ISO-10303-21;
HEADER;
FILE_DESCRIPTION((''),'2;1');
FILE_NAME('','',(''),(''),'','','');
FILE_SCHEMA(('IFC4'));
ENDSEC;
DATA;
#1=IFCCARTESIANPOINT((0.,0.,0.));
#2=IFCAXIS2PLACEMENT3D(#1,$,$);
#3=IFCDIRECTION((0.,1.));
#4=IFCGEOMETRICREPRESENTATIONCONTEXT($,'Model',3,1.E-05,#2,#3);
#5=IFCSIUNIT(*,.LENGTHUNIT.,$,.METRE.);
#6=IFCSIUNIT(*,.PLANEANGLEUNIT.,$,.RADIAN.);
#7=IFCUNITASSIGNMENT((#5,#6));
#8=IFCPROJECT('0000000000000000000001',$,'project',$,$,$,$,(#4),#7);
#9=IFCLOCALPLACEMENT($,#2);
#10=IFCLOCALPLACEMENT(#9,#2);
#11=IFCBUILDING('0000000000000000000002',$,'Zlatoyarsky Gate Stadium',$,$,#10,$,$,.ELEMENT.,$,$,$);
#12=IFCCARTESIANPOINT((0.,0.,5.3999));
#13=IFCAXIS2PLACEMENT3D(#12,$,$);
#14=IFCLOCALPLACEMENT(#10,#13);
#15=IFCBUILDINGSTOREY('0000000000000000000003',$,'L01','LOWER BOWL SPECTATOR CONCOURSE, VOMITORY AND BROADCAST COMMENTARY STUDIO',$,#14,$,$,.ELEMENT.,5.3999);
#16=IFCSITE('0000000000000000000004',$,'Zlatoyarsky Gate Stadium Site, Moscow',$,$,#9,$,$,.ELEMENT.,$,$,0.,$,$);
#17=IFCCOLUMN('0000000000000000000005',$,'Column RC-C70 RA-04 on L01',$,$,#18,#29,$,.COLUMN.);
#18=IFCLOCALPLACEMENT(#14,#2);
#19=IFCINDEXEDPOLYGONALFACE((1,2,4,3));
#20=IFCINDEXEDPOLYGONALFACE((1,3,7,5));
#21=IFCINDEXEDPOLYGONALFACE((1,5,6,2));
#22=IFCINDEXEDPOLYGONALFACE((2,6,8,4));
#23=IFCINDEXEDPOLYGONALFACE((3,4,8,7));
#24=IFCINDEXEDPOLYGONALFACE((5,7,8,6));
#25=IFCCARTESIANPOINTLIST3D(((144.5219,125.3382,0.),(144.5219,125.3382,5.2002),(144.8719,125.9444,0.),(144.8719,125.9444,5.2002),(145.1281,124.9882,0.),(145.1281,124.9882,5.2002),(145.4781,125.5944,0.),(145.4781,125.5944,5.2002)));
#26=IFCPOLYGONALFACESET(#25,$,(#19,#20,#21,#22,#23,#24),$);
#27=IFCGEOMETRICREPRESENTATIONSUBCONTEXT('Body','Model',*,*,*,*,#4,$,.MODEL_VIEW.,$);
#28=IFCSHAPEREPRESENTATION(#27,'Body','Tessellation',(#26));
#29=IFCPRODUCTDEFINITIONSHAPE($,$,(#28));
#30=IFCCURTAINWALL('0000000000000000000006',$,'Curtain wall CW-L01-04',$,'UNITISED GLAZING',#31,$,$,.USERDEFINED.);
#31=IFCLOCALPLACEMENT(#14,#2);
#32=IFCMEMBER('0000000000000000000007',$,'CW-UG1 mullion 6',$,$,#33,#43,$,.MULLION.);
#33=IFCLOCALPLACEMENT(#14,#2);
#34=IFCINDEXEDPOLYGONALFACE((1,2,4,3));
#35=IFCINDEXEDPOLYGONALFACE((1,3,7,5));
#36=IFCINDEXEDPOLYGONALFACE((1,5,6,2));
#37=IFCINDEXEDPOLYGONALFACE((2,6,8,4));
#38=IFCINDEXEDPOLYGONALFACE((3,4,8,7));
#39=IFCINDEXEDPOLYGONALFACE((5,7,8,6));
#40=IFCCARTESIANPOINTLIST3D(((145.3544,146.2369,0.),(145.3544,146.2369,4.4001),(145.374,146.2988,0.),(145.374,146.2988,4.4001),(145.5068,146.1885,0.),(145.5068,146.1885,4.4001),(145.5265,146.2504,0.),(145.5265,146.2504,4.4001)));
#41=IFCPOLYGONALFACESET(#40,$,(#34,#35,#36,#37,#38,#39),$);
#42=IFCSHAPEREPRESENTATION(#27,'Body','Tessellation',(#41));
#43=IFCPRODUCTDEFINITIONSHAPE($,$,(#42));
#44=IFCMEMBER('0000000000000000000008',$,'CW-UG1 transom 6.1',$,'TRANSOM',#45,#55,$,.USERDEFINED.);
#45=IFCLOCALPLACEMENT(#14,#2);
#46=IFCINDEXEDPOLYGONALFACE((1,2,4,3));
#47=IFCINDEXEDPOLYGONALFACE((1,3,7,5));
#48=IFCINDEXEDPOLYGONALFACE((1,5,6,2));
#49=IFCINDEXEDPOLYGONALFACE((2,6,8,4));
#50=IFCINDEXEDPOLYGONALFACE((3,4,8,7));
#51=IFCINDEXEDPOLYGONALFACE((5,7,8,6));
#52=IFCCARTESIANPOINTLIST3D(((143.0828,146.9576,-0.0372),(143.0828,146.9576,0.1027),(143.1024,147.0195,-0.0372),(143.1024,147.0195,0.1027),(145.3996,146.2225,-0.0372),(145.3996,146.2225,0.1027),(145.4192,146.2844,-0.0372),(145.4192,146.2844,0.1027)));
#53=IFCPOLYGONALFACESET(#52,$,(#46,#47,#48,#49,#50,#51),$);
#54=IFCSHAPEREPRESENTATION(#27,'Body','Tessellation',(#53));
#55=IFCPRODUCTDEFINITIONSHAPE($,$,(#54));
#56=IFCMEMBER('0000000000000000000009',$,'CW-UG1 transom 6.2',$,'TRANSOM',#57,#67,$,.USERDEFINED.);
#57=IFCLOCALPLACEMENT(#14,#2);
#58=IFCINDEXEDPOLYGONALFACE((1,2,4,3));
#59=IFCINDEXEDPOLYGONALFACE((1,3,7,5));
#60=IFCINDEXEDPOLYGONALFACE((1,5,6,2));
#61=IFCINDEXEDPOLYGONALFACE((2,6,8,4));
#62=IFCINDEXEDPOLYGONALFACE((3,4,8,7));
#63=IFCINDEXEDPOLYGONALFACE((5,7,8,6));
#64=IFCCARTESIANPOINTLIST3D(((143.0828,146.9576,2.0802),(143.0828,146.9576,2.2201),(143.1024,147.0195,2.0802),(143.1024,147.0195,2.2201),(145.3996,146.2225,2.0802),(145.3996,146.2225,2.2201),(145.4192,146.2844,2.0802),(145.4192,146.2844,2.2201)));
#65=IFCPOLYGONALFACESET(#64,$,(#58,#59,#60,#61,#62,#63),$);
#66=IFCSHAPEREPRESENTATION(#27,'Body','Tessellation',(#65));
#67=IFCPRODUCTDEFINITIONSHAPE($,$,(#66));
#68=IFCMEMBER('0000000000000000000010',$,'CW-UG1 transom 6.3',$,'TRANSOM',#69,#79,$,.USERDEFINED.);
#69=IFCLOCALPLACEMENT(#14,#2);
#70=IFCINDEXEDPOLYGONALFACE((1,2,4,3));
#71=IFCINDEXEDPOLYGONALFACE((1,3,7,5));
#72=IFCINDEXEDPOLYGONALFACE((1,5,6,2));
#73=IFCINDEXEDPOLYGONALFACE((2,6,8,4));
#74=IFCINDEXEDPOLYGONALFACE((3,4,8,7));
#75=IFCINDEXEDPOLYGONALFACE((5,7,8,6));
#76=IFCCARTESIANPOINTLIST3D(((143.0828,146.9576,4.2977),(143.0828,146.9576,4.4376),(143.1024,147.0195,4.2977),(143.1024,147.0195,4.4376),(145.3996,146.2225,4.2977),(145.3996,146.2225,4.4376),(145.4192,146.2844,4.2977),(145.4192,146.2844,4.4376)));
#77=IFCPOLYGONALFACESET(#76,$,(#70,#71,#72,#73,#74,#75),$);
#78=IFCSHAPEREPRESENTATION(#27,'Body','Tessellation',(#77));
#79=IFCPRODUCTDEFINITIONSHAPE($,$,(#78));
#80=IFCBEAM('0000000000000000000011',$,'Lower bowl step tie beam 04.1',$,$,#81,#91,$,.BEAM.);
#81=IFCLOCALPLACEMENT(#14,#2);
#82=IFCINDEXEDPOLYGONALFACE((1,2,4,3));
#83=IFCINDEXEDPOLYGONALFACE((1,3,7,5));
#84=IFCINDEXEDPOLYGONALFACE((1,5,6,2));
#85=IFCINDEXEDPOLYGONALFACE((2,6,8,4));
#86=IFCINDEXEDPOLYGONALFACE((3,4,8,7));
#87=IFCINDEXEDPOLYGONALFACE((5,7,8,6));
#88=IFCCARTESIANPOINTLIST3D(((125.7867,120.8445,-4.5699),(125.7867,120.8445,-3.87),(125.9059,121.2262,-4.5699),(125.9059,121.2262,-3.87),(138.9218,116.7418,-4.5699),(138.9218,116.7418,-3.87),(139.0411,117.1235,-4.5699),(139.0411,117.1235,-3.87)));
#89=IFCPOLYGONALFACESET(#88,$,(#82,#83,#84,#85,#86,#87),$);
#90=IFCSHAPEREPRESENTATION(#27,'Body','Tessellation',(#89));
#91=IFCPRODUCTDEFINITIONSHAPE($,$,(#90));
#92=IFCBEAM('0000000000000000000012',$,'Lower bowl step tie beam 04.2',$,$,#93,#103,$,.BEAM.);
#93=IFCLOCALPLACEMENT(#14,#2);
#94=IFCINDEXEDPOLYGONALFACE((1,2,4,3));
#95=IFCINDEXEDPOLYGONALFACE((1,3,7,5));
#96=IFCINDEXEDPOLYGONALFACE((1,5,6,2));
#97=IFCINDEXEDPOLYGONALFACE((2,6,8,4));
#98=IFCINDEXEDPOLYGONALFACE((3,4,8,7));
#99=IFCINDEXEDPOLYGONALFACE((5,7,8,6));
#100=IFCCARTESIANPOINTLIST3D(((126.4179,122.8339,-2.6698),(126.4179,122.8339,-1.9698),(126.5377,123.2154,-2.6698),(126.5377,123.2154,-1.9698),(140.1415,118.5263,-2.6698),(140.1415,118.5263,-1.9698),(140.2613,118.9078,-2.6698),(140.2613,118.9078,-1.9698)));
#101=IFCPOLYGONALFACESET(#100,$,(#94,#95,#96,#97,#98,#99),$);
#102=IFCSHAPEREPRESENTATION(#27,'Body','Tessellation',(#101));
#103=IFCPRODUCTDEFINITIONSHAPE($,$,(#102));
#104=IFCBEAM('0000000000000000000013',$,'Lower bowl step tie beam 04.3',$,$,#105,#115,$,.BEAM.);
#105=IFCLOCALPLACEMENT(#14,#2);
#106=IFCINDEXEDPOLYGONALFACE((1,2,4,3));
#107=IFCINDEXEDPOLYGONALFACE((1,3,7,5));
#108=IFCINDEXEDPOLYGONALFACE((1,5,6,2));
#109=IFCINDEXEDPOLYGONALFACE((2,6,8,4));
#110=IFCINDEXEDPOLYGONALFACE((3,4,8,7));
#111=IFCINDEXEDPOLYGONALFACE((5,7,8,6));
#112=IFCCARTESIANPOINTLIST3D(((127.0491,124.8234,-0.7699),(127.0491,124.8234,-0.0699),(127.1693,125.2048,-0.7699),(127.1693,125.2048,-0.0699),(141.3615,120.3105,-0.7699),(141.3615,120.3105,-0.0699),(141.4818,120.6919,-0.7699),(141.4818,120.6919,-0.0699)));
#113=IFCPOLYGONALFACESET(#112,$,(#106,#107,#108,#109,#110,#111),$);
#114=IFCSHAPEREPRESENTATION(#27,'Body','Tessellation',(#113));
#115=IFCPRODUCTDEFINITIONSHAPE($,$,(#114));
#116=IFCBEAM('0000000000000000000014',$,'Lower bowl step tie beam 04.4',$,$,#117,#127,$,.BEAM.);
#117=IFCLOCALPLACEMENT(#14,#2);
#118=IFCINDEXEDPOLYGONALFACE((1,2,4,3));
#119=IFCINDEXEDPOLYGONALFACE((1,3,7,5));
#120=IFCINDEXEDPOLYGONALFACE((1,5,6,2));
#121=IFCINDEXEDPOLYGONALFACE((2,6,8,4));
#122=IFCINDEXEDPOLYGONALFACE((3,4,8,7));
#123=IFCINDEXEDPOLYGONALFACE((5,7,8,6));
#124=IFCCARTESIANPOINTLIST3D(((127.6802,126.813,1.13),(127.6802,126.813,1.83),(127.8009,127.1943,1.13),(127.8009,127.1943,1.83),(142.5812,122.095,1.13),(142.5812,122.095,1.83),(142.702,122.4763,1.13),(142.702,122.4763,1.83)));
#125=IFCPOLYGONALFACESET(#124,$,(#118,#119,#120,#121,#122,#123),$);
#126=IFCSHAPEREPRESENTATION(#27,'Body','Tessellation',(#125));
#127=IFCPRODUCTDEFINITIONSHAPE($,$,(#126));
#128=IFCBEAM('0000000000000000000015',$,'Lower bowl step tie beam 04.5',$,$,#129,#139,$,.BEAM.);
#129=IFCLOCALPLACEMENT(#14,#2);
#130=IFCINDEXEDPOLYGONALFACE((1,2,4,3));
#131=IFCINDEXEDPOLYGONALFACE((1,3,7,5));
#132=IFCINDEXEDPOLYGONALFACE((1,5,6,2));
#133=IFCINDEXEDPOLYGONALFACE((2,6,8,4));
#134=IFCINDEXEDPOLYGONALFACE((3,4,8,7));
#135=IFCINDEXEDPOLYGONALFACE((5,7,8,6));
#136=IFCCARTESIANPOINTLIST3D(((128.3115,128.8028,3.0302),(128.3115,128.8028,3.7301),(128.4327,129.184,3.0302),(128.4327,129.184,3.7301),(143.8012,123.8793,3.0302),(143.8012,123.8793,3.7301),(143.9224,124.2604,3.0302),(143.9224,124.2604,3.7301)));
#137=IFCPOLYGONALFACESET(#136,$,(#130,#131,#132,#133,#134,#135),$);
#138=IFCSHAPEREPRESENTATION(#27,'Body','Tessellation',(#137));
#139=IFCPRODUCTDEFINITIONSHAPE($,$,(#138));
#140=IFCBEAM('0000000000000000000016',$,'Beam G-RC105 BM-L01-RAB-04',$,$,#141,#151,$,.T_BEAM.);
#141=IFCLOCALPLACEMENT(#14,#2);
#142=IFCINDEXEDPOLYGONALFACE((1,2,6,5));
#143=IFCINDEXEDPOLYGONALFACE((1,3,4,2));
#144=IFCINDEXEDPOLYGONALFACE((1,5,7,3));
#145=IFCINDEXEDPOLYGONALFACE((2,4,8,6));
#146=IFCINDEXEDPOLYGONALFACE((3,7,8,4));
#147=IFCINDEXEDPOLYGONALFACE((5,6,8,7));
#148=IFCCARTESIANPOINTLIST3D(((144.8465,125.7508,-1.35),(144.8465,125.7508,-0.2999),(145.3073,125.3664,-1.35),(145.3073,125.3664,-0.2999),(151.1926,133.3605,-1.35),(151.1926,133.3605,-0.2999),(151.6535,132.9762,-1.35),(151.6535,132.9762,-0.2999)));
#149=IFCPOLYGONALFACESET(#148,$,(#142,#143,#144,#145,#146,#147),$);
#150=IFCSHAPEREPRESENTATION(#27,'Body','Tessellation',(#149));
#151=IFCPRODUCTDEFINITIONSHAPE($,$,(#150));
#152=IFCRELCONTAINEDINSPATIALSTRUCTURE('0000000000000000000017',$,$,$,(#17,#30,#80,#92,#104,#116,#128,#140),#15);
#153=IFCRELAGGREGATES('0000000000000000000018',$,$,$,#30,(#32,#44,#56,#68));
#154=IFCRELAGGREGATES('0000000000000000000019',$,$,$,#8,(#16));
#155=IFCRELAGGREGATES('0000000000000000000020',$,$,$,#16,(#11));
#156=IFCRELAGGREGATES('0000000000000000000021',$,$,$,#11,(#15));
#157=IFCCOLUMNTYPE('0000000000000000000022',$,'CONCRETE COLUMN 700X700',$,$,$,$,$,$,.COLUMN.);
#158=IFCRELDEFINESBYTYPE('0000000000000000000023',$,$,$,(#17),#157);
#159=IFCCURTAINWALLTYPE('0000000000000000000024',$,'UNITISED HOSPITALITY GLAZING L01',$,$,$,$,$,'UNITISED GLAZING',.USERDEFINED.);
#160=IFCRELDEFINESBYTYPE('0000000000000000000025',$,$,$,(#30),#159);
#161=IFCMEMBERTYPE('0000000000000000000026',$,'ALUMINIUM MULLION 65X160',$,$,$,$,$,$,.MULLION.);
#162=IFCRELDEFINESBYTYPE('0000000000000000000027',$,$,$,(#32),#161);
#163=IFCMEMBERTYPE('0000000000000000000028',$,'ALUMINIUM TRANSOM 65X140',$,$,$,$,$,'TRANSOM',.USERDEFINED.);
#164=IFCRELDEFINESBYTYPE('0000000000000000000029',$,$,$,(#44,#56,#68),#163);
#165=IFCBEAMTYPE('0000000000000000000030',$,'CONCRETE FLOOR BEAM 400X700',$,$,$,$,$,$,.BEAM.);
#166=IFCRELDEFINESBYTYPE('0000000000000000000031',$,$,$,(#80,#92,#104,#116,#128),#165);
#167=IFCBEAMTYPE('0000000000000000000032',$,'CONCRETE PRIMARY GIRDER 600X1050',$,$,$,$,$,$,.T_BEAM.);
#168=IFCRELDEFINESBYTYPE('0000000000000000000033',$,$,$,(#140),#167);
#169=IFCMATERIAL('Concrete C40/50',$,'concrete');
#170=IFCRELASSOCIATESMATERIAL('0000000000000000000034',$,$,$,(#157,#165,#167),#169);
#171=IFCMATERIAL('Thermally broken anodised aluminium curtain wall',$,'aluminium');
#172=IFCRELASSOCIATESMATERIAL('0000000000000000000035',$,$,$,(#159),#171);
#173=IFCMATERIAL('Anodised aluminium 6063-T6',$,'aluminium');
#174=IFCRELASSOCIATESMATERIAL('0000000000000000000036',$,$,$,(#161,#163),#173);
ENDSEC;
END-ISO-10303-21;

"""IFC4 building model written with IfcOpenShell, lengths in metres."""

from ifc_helpers import new_model, si_unit, direction, frame, origin, origin_2d, place, context, subcontext, project, spatial, rectangle, extrude, material, material_profile, profile_set, type_object, element, aggregate, save


model = new_model("IFC4")

# Units and contexts
model_context = context("Model", 3, precision=1e-05, world=origin(), true_north=direction((0.0, 1.0)))
body_context = subcontext(model_context, "Body", "Model", "MODEL_VIEW")
ifc_project = project(units=[si_unit("LENGTHUNIT", "METRE"), si_unit("PLANEANGLEUNIT", "RADIAN")], contexts=[model_context])

# Site, building, storey
site_placement = place(None, origin())
site = spatial("IfcSite", under=ifc_project, at=site_placement, Name="Zlatoyarsky Gate Stadium Site, Moscow", CompositionType="ELEMENT", RefElevation=0.0)
building_placement = place(site_placement, origin())
building = spatial("IfcBuilding", under=site, at=building_placement, Name="Zlatoyarsky Gate Stadium", CompositionType="ELEMENT")
storey_placement = place(building_placement, frame((0.0, 0.0, 5.3999)))
storey = spatial("IfcBuildingStorey", under=building, at=storey_placement, Name="L01", Description="LOWER BOWL SPECTATOR CONCOURSE, VOMITORY AND BROADCAST COMMENTARY STUDIO", CompositionType="ELEMENT", Elevation=5.3999)

# Column
ifc_material_1 = material(Name="Concrete C40/50", Category="concrete")
ifc_material_profile_1 = material_profile(ifc_material_1, rectangle(XDim=0.7, YDim=0.7, at=origin_2d()), Name="RC COL 700X700")
ifc_profile_set_1 = profile_set([ifc_material_profile_1], Name="Concrete C40/50")
column_type = type_object("IfcColumnType", Name="CONCRETE COLUMN 700X700", PredefinedType="COLUMN", material=ifc_profile_set_1)
column_placement = place(storey_placement, frame((145.0, 125.4663, 0.0), z_axis=(0.0, 0.0, 1.0), x_axis=(0.5, 0.866025, 0.0)))
element("IfcColumn", 1, at=column_placement, inside=storey, type_object=column_type, Name="Column RC-C70 RA-04 on L01", PredefinedType="COLUMN", context=body_context, shape_type="SweptSolid", body=[
    extrude(rectangle(XDim=0.7, YDim=0.7, at=origin_2d()), origin(), (0.0, 0.0, 1.0), 5.2002),
])

# Curtain wall, members
ifc_material_2 = material(Name="Thermally broken anodised aluminium curtain wall", Category="aluminium")
curtain_wall_type = type_object("IfcCurtainWallType", Name="UNITISED HOSPITALITY GLAZING L01", ElementType="UNITISED GLAZING", PredefinedType="USERDEFINED", material=ifc_material_2)
curtain_wall_placement = place(storey_placement, origin())
curtain_wall = element("IfcCurtainWall", 2, at=curtain_wall_placement, inside=storey, type_object=curtain_wall_type, Name="Curtain wall CW-L01-04", ObjectType="UNITISED GLAZING", PredefinedType="USERDEFINED")
ifc_material_3 = material(Name="Anodised aluminium 6063-T6", Category="aluminium")
ifc_material_profile_2 = material_profile(ifc_material_3, rectangle(XDim=0.0649, YDim=0.1599, at=origin_2d()), Name="ALU 65X160")
ifc_profile_set_2 = profile_set([ifc_material_profile_2], Name="Anodised aluminium 6063-T6")
member_type_1 = type_object("IfcMemberType", Name="ALUMINIUM MULLION 65X160", PredefinedType="MULLION", material=ifc_profile_set_2)
member_1_placement = place(storey_placement, frame((145.4404, 146.2437, 0.0), z_axis=(0.0, 0.0, 1.0), x_axis=(-0.302334, -0.953202, 0.0)))
member_1 = element("IfcMember", 3, at=member_1_placement, type_object=member_type_1, Name="CW-UG1 mullion 6", PredefinedType="MULLION", context=body_context, shape_type="SweptSolid", body=[
    extrude(rectangle(XDim=0.0649, YDim=0.1599, at=origin_2d()), origin(), (0.0, 0.0, 1.0), 4.4001),
])
ifc_material_profile_3 = material_profile(ifc_material_3, rectangle(XDim=0.0649, YDim=0.1399, at=origin_2d()), Name="ALU 65X140")
ifc_profile_set_3 = profile_set([ifc_material_profile_3], Name="Anodised aluminium 6063-T6")
member_type_2 = type_object("IfcMemberType", Name="ALUMINIUM TRANSOM 65X140", ElementType="TRANSOM", PredefinedType="USERDEFINED", material=ifc_profile_set_3)
member_2_placement = place(storey_placement, frame((145.4094, 146.2534, 0.0327), z_axis=(-0.953173, 0.302424, 0.0), x_axis=(-0.302424, -0.953173, 0.0)))
member_2 = element("IfcMember", 4, at=member_2_placement, type_object=member_type_2, Name="CW-UG1 transom 6.1", ObjectType="TRANSOM", PredefinedType="USERDEFINED", context=body_context, shape_type="SweptSolid", body=[
    extrude(rectangle(XDim=0.0649, YDim=0.1399, at=origin_2d()), origin(), (0.0, 0.0, 1.0), 2.4307),
])
member_3_placement = place(storey_placement, frame((145.4094, 146.2534, 2.1501), z_axis=(-0.953173, 0.302424, 0.0), x_axis=(-0.302424, -0.953173, 0.0)))
member_3 = element("IfcMember", 5, at=member_3_placement, type_object=member_type_2, Name="CW-UG1 transom 6.2", ObjectType="TRANSOM", PredefinedType="USERDEFINED", context=body_context, shape_type="SweptSolid", body=[
    extrude(rectangle(XDim=0.0649, YDim=0.1399, at=origin_2d()), origin(), (0.0, 0.0, 1.0), 2.4307),
])
member_4_placement = place(storey_placement, frame((145.4094, 146.2534, 4.3677), z_axis=(-0.953173, 0.302424, 0.0), x_axis=(-0.302424, -0.953173, 0.0)))
member_4 = element("IfcMember", 6, at=member_4_placement, type_object=member_type_2, Name="CW-UG1 transom 6.3", ObjectType="TRANSOM", PredefinedType="USERDEFINED", context=body_context, shape_type="SweptSolid", body=[
    extrude(rectangle(XDim=0.0649, YDim=0.1399, at=origin_2d()), origin(), (0.0, 0.0, 1.0), 2.4307),
])

# Beams
ifc_material_profile_4 = material_profile(ifc_material_1, rectangle(XDim=0.3999, YDim=0.7, at=origin_2d()), Name="RC BEAM 400X700")
ifc_profile_set_4 = profile_set([ifc_material_profile_4], Name="Concrete C40/50")
beam_type_1 = type_object("IfcBeamType", Name="CONCRETE FLOOR BEAM 400X700", PredefinedType="BEAM", material=ifc_profile_set_4)
beam_1_placement = place(storey_placement, frame((138.9814, 116.9326, -4.22), z_axis=(-0.954521, 0.298144, 0.0), x_axis=(-0.298144, -0.954521, 0.0)))
element("IfcBeam", 7, at=beam_1_placement, inside=storey, type_object=beam_type_1, Name="Lower bowl step tie beam 04.1", PredefinedType="BEAM", context=body_context, shape_type="SweptSolid", body=[
    extrude(rectangle(XDim=0.3999, YDim=0.7, at=origin_2d()), origin(), (0.0, 0.0, 1.0), 13.761),
])
beam_2_placement = place(storey_placement, frame((140.2014, 118.717, -2.3198), z_axis=(-0.954104, 0.299477, 0.0), x_axis=(-0.299477, -0.954104, 0.0)))
element("IfcBeam", 8, at=beam_2_placement, inside=storey, type_object=beam_type_1, Name="Lower bowl step tie beam 04.2", PredefinedType="BEAM", context=body_context, shape_type="SweptSolid", body=[
    extrude(rectangle(XDim=0.3999, YDim=0.7, at=origin_2d()), origin(), (0.0, 0.0, 1.0), 14.3838),
])
beam_3_placement = place(storey_placement, frame((141.4216, 120.5012, -0.4199), z_axis=(-0.953713, 0.300719, 0.0), x_axis=(-0.300719, -0.953713, 0.0)))
element("IfcBeam", 9, at=beam_3_placement, inside=storey, type_object=beam_type_1, Name="Lower bowl step tie beam 04.3", PredefinedType="BEAM", context=body_context, shape_type="SweptSolid", body=[
    extrude(rectangle(XDim=0.3999, YDim=0.7, at=origin_2d()), origin(), (0.0, 0.0, 1.0), 15.0071),
])
beam_4_placement = place(storey_placement, frame((142.6416, 122.2856, 1.48), z_axis=(-0.953355, 0.301853, 0.0), x_axis=(-0.301853, -0.953355, 0.0)))
element("IfcBeam", 10, at=beam_4_placement, inside=storey, type_object=beam_type_1, Name="Lower bowl step tie beam 04.4", PredefinedType="BEAM", context=body_context, shape_type="SweptSolid", body=[
    extrude(rectangle(XDim=0.3999, YDim=0.7, at=origin_2d()), origin(), (0.0, 0.0, 1.0), 15.6301),
])
beam_5_placement = place(storey_placement, frame((143.8618, 124.0698, 3.3801), z_axis=(-0.953014, 0.302926, 0.0), x_axis=(-0.302926, -0.953014, 0.0)))
element("IfcBeam", 11, at=beam_5_placement, inside=storey, type_object=beam_type_1, Name="Lower bowl step tie beam 04.5", PredefinedType="BEAM", context=body_context, shape_type="SweptSolid", body=[
    extrude(rectangle(XDim=0.3999, YDim=0.7, at=origin_2d()), origin(), (0.0, 0.0, 1.0), 16.2534),
])
ifc_material_profile_5 = material_profile(ifc_material_1, rectangle(XDim=0.6001, YDim=1.05, at=origin_2d()), Name="RC GIRDER 600X1050")
ifc_profile_set_5 = profile_set([ifc_material_profile_5], Name="Concrete C40/50")
beam_type_2 = type_object("IfcBeamType", Name="CONCRETE PRIMARY GIRDER 600X1050", PredefinedType="T_BEAM", material=ifc_profile_set_5)
beam_6_placement = place(storey_placement, frame((145.0769, 125.5586, -0.825), z_axis=(0.640461, 0.767991, 0.0), x_axis=(-0.767991, 0.640461, 0.0)))
element("IfcBeam", 12, at=beam_6_placement, inside=storey, type_object=beam_type_2, Name="Beam G-RC105 BM-L01-RAB-04", PredefinedType="T_BEAM", context=body_context, shape_type="SweptSolid", body=[
    extrude(rectangle(XDim=0.6001, YDim=1.05, at=origin_2d()), origin(), (0.0, 0.0, 1.0), 9.9087),
])

aggregate(curtain_wall, [member_1, member_2, member_3, member_4])

save(model, "model.ifc")
